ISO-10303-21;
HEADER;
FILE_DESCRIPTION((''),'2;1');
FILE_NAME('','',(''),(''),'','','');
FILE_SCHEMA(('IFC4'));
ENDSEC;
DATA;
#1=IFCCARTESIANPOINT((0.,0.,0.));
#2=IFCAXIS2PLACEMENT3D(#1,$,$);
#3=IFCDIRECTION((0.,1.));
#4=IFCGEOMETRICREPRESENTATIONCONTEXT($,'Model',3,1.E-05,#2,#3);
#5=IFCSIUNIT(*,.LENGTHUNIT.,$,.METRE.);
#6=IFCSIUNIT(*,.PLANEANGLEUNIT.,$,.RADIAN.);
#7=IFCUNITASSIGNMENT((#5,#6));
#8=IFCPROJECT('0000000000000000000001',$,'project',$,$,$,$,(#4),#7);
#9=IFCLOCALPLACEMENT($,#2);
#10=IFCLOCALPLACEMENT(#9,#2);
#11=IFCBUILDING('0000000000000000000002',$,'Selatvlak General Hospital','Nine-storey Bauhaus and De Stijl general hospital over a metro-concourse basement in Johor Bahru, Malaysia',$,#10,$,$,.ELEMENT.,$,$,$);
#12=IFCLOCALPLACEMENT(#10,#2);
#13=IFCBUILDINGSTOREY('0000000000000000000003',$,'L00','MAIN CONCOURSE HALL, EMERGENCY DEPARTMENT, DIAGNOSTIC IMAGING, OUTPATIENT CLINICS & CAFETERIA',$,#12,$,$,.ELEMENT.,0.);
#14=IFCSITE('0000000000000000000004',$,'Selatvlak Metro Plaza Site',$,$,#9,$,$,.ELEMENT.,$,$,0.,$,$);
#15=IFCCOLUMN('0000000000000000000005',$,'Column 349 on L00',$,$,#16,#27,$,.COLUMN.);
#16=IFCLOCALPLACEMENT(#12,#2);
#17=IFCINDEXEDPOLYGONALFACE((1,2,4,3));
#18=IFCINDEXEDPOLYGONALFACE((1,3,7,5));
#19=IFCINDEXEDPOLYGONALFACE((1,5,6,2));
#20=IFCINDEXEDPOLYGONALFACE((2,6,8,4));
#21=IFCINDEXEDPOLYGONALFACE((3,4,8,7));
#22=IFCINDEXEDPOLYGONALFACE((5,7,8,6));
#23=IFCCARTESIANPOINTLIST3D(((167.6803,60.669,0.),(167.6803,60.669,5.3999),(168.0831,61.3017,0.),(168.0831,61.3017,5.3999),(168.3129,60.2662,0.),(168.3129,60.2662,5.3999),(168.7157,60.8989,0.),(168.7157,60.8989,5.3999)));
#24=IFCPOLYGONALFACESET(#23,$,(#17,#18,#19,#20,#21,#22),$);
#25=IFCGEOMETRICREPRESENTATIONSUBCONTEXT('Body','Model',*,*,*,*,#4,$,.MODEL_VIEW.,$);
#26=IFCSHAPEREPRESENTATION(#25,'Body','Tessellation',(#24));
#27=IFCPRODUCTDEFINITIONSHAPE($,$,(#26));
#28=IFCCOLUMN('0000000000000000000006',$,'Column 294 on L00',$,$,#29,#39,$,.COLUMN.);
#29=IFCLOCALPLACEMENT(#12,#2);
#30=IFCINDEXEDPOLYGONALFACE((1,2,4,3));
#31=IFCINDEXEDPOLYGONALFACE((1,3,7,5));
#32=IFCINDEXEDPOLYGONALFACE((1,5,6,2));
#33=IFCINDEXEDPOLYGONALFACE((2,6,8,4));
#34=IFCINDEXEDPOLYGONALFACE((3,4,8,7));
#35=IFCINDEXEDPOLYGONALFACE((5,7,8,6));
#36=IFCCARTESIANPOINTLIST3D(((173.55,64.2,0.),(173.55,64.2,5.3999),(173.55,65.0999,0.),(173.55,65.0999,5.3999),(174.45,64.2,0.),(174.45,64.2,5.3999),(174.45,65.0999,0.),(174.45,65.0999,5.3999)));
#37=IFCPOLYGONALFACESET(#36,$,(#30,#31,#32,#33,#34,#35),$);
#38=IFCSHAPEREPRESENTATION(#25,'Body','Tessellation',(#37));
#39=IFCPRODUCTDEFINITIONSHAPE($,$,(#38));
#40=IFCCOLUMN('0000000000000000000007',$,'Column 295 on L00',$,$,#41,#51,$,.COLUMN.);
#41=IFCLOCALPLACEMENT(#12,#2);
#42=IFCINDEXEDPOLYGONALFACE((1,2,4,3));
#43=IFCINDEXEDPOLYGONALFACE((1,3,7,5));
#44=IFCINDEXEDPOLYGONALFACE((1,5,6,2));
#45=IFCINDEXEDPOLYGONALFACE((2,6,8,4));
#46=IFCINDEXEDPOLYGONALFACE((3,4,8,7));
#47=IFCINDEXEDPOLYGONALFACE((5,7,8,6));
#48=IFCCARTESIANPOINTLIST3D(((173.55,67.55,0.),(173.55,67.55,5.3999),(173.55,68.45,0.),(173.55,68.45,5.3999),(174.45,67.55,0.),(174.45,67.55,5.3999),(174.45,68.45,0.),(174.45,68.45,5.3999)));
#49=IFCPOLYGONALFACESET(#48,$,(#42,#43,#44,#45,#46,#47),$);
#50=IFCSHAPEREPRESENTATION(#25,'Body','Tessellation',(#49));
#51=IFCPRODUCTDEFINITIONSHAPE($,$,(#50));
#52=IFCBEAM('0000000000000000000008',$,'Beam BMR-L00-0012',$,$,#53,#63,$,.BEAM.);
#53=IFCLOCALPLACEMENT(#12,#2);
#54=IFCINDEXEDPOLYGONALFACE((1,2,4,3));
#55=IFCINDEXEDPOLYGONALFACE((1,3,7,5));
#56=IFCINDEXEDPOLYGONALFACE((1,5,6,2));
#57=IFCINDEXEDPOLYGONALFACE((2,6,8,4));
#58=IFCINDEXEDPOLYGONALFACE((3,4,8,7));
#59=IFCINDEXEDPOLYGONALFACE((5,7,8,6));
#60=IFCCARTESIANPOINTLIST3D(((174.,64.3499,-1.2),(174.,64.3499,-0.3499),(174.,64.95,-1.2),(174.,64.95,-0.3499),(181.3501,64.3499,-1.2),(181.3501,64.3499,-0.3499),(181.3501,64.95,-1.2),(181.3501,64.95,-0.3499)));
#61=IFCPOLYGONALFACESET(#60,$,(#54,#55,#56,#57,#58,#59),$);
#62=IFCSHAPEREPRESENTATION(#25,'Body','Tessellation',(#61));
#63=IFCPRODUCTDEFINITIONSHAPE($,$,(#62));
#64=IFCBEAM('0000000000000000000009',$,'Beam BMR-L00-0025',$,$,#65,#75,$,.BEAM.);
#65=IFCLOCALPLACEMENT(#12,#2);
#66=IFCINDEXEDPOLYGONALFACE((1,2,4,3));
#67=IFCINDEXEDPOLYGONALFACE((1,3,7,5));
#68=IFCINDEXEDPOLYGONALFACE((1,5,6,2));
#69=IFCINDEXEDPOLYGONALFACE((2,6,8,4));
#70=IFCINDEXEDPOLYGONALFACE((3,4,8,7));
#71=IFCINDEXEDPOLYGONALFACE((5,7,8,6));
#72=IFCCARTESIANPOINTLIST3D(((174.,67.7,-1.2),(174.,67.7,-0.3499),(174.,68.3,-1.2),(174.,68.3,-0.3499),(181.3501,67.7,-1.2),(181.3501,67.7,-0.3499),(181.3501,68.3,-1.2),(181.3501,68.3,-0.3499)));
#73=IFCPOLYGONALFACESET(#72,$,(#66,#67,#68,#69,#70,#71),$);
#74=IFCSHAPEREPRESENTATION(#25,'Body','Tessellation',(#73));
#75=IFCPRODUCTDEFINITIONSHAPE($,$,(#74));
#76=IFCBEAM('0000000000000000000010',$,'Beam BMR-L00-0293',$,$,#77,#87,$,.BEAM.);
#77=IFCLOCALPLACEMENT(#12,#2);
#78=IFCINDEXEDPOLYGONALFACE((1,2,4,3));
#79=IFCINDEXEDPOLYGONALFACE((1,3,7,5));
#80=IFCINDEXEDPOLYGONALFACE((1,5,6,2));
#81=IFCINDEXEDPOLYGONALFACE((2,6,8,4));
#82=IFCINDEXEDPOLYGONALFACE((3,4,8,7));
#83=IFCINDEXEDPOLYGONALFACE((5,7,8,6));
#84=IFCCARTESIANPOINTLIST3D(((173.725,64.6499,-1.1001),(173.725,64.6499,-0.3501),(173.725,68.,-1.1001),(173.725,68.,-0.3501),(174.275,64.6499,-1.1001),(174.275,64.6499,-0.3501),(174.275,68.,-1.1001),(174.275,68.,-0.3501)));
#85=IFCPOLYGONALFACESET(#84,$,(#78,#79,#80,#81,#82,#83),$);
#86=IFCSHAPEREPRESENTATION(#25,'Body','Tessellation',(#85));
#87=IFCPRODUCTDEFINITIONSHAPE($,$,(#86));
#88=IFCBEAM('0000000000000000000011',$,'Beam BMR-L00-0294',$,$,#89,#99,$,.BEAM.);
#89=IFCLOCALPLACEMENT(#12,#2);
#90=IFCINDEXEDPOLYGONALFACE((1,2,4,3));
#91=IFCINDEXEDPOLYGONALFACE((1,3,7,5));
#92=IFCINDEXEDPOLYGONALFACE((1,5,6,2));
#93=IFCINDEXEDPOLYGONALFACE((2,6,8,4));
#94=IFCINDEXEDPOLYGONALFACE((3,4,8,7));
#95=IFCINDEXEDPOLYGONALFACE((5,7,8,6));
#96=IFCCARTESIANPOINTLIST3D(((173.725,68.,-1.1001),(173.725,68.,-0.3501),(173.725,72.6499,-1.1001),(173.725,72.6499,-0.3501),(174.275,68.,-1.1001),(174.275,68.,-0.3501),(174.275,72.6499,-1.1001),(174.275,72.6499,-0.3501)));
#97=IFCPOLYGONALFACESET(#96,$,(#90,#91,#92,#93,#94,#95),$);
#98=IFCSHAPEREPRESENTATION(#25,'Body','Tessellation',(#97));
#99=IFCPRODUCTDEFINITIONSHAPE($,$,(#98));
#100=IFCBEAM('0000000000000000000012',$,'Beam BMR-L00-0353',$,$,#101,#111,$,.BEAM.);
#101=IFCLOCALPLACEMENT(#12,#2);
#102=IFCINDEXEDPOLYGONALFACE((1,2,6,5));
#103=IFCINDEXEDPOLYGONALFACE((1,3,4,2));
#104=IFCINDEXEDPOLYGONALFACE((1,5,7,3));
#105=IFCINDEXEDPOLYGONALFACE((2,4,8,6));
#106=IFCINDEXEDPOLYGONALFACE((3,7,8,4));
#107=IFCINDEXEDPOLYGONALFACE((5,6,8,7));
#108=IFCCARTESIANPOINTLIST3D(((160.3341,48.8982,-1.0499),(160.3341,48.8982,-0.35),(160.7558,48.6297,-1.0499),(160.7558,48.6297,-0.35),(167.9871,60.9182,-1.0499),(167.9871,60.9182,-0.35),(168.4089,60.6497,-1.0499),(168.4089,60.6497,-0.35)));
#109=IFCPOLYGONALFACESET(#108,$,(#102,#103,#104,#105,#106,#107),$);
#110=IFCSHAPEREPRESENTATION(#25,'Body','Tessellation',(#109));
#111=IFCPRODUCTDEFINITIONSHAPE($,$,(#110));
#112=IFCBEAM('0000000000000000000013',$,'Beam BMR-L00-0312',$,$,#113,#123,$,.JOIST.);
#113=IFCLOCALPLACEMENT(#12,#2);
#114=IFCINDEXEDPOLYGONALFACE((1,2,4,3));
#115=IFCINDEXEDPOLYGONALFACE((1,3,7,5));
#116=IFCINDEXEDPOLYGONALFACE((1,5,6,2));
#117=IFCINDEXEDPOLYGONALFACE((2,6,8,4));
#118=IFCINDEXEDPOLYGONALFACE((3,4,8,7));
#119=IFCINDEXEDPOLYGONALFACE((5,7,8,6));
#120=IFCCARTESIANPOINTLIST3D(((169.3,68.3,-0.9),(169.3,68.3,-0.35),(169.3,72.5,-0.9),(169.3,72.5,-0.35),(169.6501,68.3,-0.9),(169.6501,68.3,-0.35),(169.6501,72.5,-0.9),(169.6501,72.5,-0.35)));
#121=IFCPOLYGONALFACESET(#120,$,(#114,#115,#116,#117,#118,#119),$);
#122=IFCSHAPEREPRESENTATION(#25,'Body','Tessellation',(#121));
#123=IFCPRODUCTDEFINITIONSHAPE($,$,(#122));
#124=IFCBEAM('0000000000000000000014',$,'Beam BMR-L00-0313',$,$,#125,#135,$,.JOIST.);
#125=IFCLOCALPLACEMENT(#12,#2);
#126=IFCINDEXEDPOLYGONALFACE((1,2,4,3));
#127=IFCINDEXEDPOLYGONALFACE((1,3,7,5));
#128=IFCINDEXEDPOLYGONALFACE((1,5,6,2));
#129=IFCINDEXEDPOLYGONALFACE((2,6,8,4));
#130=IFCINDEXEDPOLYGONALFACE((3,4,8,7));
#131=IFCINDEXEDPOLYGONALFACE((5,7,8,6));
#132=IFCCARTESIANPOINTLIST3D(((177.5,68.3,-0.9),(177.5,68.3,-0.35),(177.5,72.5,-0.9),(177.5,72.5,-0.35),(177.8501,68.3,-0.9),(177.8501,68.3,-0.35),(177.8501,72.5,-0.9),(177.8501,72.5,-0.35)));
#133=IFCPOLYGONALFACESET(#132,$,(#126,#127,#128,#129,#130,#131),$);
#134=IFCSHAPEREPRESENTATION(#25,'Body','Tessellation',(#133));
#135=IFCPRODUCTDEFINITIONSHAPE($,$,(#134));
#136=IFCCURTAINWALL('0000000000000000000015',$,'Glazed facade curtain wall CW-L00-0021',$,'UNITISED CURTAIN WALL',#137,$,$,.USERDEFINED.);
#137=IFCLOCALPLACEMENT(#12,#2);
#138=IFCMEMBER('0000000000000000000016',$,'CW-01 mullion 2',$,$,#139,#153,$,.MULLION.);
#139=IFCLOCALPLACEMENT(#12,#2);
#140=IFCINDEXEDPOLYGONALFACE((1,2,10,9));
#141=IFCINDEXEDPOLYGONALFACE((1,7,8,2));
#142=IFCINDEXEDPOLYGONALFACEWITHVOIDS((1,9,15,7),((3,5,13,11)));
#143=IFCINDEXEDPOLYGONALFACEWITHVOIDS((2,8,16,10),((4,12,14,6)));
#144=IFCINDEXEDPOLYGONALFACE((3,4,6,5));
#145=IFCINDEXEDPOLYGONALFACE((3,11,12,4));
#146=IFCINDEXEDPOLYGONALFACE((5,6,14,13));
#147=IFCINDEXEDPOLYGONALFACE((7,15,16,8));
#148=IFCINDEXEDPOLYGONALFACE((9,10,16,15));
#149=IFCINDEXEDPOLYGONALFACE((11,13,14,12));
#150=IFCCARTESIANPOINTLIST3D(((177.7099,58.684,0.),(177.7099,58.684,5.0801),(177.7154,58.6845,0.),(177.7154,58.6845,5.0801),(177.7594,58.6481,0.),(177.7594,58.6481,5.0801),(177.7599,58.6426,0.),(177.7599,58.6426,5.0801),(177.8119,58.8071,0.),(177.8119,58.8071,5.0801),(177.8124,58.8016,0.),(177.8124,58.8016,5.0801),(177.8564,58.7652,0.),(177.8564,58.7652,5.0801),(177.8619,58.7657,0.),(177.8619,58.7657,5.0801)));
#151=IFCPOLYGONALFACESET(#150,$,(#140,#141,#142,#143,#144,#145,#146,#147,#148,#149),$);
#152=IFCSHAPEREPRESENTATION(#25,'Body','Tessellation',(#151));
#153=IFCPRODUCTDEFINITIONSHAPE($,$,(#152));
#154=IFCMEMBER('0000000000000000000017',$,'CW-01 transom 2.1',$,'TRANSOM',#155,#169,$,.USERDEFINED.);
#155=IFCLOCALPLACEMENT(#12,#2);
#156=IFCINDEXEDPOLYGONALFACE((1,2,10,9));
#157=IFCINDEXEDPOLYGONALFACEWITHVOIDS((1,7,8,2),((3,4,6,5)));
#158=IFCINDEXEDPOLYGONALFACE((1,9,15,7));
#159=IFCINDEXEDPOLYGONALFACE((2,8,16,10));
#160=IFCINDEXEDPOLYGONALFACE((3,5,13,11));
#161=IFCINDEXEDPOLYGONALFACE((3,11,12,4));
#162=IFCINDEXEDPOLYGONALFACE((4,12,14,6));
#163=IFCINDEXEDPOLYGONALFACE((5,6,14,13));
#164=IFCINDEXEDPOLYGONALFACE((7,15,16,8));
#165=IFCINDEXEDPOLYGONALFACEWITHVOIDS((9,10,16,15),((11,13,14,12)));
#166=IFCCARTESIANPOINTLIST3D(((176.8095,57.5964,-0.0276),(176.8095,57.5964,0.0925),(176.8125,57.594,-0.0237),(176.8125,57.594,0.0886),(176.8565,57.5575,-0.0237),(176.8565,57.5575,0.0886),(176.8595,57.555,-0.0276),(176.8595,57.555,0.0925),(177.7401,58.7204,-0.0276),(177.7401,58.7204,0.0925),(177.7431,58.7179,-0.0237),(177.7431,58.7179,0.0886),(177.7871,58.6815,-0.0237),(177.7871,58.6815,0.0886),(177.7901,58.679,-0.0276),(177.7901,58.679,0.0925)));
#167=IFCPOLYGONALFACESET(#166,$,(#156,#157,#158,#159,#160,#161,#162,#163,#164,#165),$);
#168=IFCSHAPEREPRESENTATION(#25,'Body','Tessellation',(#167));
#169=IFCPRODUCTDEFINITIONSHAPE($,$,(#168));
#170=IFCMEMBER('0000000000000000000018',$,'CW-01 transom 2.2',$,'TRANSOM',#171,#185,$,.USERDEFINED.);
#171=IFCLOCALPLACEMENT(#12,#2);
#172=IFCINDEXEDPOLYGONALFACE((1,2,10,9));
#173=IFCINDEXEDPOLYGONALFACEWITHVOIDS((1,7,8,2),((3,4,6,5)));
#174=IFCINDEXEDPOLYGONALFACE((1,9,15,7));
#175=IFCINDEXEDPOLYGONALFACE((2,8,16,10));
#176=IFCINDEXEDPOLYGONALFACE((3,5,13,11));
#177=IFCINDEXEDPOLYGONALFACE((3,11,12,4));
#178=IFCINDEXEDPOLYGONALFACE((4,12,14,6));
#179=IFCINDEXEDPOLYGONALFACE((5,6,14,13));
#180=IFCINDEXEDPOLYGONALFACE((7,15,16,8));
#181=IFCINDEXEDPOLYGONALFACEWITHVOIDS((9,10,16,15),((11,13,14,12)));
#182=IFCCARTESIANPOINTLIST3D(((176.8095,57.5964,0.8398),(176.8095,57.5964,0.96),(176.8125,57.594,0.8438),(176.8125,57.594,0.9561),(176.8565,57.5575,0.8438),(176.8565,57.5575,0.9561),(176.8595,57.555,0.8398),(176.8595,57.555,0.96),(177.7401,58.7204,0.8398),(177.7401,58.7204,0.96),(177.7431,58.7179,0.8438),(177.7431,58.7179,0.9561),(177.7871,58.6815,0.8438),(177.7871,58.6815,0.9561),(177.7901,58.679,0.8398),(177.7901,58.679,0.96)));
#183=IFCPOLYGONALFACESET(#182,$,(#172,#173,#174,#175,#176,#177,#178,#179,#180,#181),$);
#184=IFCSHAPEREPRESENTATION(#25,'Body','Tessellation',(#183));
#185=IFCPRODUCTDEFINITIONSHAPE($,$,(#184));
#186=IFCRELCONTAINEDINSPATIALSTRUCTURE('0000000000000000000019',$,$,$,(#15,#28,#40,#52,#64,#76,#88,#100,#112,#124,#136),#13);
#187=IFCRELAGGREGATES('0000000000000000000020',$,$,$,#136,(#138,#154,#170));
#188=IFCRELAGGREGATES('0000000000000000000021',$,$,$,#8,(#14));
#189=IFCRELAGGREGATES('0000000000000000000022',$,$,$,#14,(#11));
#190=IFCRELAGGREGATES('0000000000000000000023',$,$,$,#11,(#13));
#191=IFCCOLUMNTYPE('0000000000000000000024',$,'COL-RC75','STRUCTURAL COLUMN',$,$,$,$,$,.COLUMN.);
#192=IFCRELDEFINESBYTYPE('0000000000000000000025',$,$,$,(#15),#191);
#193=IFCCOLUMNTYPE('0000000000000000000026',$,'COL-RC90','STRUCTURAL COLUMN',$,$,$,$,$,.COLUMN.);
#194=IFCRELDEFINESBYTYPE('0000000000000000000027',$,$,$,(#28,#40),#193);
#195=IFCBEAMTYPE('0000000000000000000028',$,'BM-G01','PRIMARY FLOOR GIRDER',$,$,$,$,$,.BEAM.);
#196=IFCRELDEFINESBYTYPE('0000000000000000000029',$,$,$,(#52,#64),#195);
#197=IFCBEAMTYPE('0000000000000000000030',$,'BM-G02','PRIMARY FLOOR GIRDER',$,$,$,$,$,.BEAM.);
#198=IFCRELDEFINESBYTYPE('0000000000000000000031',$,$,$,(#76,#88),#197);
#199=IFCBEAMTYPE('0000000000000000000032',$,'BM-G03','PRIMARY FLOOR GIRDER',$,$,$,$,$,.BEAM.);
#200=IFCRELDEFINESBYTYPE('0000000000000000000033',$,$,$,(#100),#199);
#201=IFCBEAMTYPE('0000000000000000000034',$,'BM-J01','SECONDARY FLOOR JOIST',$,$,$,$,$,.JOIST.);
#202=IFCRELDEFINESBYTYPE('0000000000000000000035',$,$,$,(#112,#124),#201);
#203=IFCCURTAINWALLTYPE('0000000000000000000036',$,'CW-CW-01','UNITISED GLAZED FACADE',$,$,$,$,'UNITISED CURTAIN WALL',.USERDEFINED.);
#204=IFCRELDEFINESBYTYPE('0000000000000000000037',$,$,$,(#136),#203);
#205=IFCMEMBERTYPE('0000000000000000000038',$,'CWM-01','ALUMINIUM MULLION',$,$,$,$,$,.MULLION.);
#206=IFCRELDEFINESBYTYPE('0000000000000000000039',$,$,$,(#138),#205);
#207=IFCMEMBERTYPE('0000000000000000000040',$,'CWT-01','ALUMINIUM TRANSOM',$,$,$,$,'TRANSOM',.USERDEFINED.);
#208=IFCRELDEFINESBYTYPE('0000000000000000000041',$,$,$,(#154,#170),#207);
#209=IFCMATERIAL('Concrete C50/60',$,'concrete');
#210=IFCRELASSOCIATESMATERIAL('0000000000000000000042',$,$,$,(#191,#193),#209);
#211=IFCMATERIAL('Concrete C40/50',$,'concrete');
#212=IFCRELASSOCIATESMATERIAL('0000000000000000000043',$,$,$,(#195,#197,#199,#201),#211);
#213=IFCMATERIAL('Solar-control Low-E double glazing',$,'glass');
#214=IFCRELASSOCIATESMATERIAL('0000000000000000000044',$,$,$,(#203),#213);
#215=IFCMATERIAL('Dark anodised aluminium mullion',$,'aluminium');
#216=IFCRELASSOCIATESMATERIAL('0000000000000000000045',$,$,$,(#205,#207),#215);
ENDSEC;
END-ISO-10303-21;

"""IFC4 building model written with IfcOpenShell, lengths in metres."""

from ifc_helpers import new_model, si_unit, direction, frame, origin, origin_2d, place, context, subcontext, project, spatial, rectangle, hollow_rectangle, extrude, material, material_profile, profile_set, type_object, element, aggregate, save


model = new_model("IFC4")

# Units and contexts
model_context = context("Model", 3, precision=1e-05, world=origin(), true_north=direction((0.0, 1.0)))
body_context = subcontext(model_context, "Body", "Model", "MODEL_VIEW")
ifc_project = project(units=[si_unit("LENGTHUNIT", "METRE"), si_unit("PLANEANGLEUNIT", "RADIAN")], contexts=[model_context])

# Site, building, storey
site_placement = place(None, origin())
site = spatial("IfcSite", under=ifc_project, at=site_placement, Name="Selatvlak Metro Plaza Site", CompositionType="ELEMENT", RefElevation=0.0)
building_placement = place(site_placement, origin())
building = spatial("IfcBuilding", under=site, at=building_placement, Name="Selatvlak General Hospital", Description="Nine-storey Bauhaus and De Stijl general hospital over a metro-concourse basement in Johor Bahru, Malaysia", CompositionType="ELEMENT")
storey_placement = place(building_placement, origin())
storey = spatial("IfcBuildingStorey", under=building, at=storey_placement, Name="L00", Description="MAIN CONCOURSE HALL, EMERGENCY DEPARTMENT, DIAGNOSTIC IMAGING, OUTPATIENT CLINICS & CAFETERIA", CompositionType="ELEMENT", Elevation=0.0)

# Columns
ifc_material_1 = material(Name="Concrete C50/60", Category="concrete")
ifc_material_profile_1 = material_profile(ifc_material_1, rectangle(XDim=0.75, YDim=0.75, at=origin_2d()), Name="RC-COL 750x750")
ifc_profile_set_1 = profile_set([ifc_material_profile_1], Name="Concrete C50/60")
column_type_1 = type_object("IfcColumnType", Name="COL-RC75", Description="STRUCTURAL COLUMN", PredefinedType="COLUMN", material=ifc_profile_set_1)
column_placement = place(storey_placement, frame((168.198, 60.7839, 0.0), z_axis=(0.0, 0.0, 1.0), x_axis=(0.537064, 0.843541, 0.0)))
element("IfcColumn", 1, at=column_placement, inside=storey, type_object=column_type_1, Name="Column 349 on L00", PredefinedType="COLUMN", context=body_context, shape_type="SweptSolid", body=[
    extrude(rectangle(XDim=0.75, YDim=0.75, at=origin_2d()), origin(), (0.0, 0.0, 1.0), 5.3999),
])
ifc_material_profile_2 = material_profile(ifc_material_1, rectangle(XDim=0.8999, YDim=0.8999, at=origin_2d()), Name="RC-COL 900x900")
ifc_profile_set_2 = profile_set([ifc_material_profile_2], Name="Concrete C50/60")
column_type_2 = type_object("IfcColumnType", Name="COL-RC90", Description="STRUCTURAL COLUMN", PredefinedType="COLUMN", material=ifc_profile_set_2)
for number, where, z_axis, x_axis, name in (
    (2, (174.0, 64.6499, 0.0), (0.0, 0.0, 1.0), (1.0, 0.0, 0.0), "Column 294 on L00"),
    (3, (174.0, 68.0, 0.0), (0.0, 0.0, 1.0), (1.0, 0.0, 0.0), "Column 295 on L00"),
):
    element("IfcColumn", number, at=place(storey_placement, frame(where, z_axis=z_axis, x_axis=x_axis)), inside=storey, type_object=column_type_2, Name=name, PredefinedType="COLUMN", context=body_context, shape_type="SweptSolid", body=[
        extrude(rectangle(XDim=0.8999, YDim=0.8999, at=origin_2d()), origin(), (0.0, 0.0, 1.0), 5.3999),
    ])

# Beams
ifc_material_2 = material(Name="Concrete C40/50", Category="concrete")
ifc_material_profile_3 = material_profile(ifc_material_2, rectangle(XDim=0.6001, YDim=0.8501, at=origin_2d()), Name="RC-BM 600x850")
ifc_profile_set_3 = profile_set([ifc_material_profile_3], Name="Concrete C40/50")
beam_type_1 = type_object("IfcBeamType", Name="BM-G01", Description="PRIMARY FLOOR GIRDER", PredefinedType="BEAM", material=ifc_profile_set_3)
for number, where, z_axis, x_axis, name in (
    (4, (174.0, 64.6499, -0.7749), (1.0, 0.0, 0.0), (0.0, 1.0, 0.0), "Beam BMR-L00-0012"),
    (5, (174.0, 68.0, -0.7749), (1.0, 0.0, 0.0), (0.0, 1.0, 0.0), "Beam BMR-L00-0025"),
):
    element("IfcBeam", number, at=place(storey_placement, frame(where, z_axis=z_axis, x_axis=x_axis)), inside=storey, type_object=beam_type_1, Name=name, PredefinedType="BEAM", context=body_context, shape_type="SweptSolid", body=[
        extrude(rectangle(XDim=0.6001, YDim=0.8501, at=origin_2d()), origin(), (0.0, 0.0, 1.0), 7.3501),
    ])
ifc_material_profile_4 = material_profile(ifc_material_2, rectangle(XDim=0.55, YDim=0.75, at=origin_2d()), Name="RC-BM 550x750")
ifc_profile_set_4 = profile_set([ifc_material_profile_4], Name="Concrete C40/50")
beam_type_2 = type_object("IfcBeamType", Name="BM-G02", Description="PRIMARY FLOOR GIRDER", PredefinedType="BEAM", material=ifc_profile_set_4)
beam_1_placement = place(storey_placement, frame((174.0, 64.6499, -0.7251), z_axis=(0.0, 1.0, 0.0), x_axis=(-1.0, 0.0, 0.0)))
element("IfcBeam", 6, at=beam_1_placement, inside=storey, type_object=beam_type_2, Name="Beam BMR-L00-0293", PredefinedType="BEAM", context=body_context, shape_type="SweptSolid", body=[
    extrude(rectangle(XDim=0.55, YDim=0.75, at=origin_2d()), origin(), (0.0, 0.0, 1.0), 3.3501),
])
beam_2_placement = place(storey_placement, frame((174.0, 68.0, -0.7251), z_axis=(0.0, 1.0, 0.0), x_axis=(-1.0, 0.0, 0.0)))
element("IfcBeam", 7, at=beam_2_placement, inside=storey, type_object=beam_type_2, Name="Beam BMR-L00-0294", PredefinedType="BEAM", context=body_context, shape_type="SweptSolid", body=[
    extrude(rectangle(XDim=0.55, YDim=0.75, at=origin_2d()), origin(), (0.0, 0.0, 1.0), 4.6499),
])
ifc_material_profile_5 = material_profile(ifc_material_2, rectangle(XDim=0.5, YDim=0.7, at=origin_2d()), Name="RC-BM 500x700")
ifc_profile_set_5 = profile_set([ifc_material_profile_5], Name="Concrete C40/50")
beam_type_3 = type_object("IfcBeamType", Name="BM-G03", Description="PRIMARY FLOOR GIRDER", PredefinedType="BEAM", material=ifc_profile_set_5)
beam_3_placement = place(storey_placement, frame((168.198, 60.7839, -0.7), z_axis=(-0.537074, -0.843535, 0.0), x_axis=(0.843535, -0.537074, 0.0)))
element("IfcBeam", 8, at=beam_3_placement, inside=storey, type_object=beam_type_3, Name="Beam BMR-L00-0353", PredefinedType="BEAM", context=body_context, shape_type="SweptSolid", body=[
    extrude(rectangle(XDim=0.5, YDim=0.7, at=origin_2d()), origin(), (0.0, 0.0, 1.0), 14.2495),
])
ifc_material_profile_6 = material_profile(ifc_material_2, rectangle(XDim=0.3501, YDim=0.55, at=origin_2d()), Name="RC-BM 350x550")
ifc_profile_set_6 = profile_set([ifc_material_profile_6], Name="Concrete C40/50")
beam_type_4 = type_object("IfcBeamType", Name="BM-J01", Description="SECONDARY FLOOR JOIST", PredefinedType="JOIST", material=ifc_profile_set_6)
for number, where, z_axis, x_axis, name in (
    (9, (169.4751, 68.3, -0.625), (0.0, 1.0, 0.0), (-1.0, 0.0, 0.0), "Beam BMR-L00-0312"),
    (10, (177.675, 68.3, -0.625), (0.0, 1.0, 0.0), (-1.0, 0.0, 0.0), "Beam BMR-L00-0313"),
):
    element("IfcBeam", number, at=place(storey_placement, frame(where, z_axis=z_axis, x_axis=x_axis)), inside=storey, type_object=beam_type_4, Name=name, PredefinedType="JOIST", context=body_context, shape_type="SweptSolid", body=[
        extrude(rectangle(XDim=0.3501, YDim=0.55, at=origin_2d()), origin(), (0.0, 0.0, 1.0), 4.2),
    ])

# Curtain wall, members
ifc_material_3 = material(Name="Solar-control Low-E double glazing", Category="glass")
curtain_wall_type = type_object("IfcCurtainWallType", Name="CW-CW-01", Description="UNITISED GLAZED FACADE", ElementType="UNITISED CURTAIN WALL", PredefinedType="USERDEFINED", material=ifc_material_3)
curtain_wall_placement = place(storey_placement, origin())
curtain_wall = element("IfcCurtainWall", 11, at=curtain_wall_placement, inside=storey, type_object=curtain_wall_type, Name="Glazed facade curtain wall CW-L00-0021", ObjectType="UNITISED CURTAIN WALL", PredefinedType="USERDEFINED")
ifc_material_4 = material(Name="Dark anodised aluminium mullion", Category="aluminium")
ifc_material_profile_7 = material_profile(ifc_material_4, hollow_rectangle(XDim=0.0649, YDim=0.1599, WallThickness=0.0039, at=origin_2d()), Name="AL-MUL 65x160x4")
ifc_profile_set_7 = profile_set([ifc_material_profile_7], Name="Dark anodised aluminium mullion")
member_type_1 = type_object("IfcMemberType", Name="CWM-01", Description="ALUMINIUM MULLION", PredefinedType="MULLION", material=ifc_profile_set_7)
member_1_placement = place(storey_placement, frame((177.7859, 58.7249, 0.0), z_axis=(0.0, 0.0, 1.0), x_axis=(0.770252, -0.63774, 0.0)))
member_1 = element("IfcMember", 12, at=member_1_placement, type_object=member_type_1, Name="CW-01 mullion 2", PredefinedType="MULLION", context=body_context, shape_type="SweptSolid", body=[
    extrude(hollow_rectangle(XDim=0.0649, YDim=0.1599, WallThickness=0.0039, at=origin_2d()), origin(), (0.0, 0.0, 1.0), 5.0801),
])
ifc_material_profile_8 = material_profile(ifc_material_4, hollow_rectangle(XDim=0.0649, YDim=0.1201, WallThickness=0.0039, at=origin_2d()), Name="AL-TRN 65x120x4")
ifc_profile_set_8 = profile_set([ifc_material_profile_8], Name="Dark anodised aluminium mullion")
member_type_2 = type_object("IfcMemberType", Name="CWT-01", Description="ALUMINIUM TRANSOM", ElementType="TRANSOM", PredefinedType="USERDEFINED", material=ifc_profile_set_8)
member_2_placement = place(storey_placement, frame((177.7651, 58.6997, 0.0325), z_axis=(-0.637746, -0.770247, 0.0), x_axis=(0.770247, -0.637746, 0.0)))
member_2 = element("IfcMember", 13, at=member_2_placement, type_object=member_type_2, Name="CW-01 transom 2.1", ObjectType="TRANSOM", PredefinedType="USERDEFINED", context=body_context, shape_type="SweptSolid", body=[
    extrude(hollow_rectangle(XDim=0.0649, YDim=0.1201, WallThickness=0.0039, at=origin_2d()), origin(), (0.0, 0.0, 1.0), 1.4592),
])
member_3_placement = place(storey_placement, frame((177.7651, 58.6997, 0.8999), z_axis=(-0.637746, -0.770247, 0.0), x_axis=(0.770247, -0.637746, 0.0)))
member_3 = element("IfcMember", 14, at=member_3_placement, type_object=member_type_2, Name="CW-01 transom 2.2", ObjectType="TRANSOM", PredefinedType="USERDEFINED", context=body_context, shape_type="SweptSolid", body=[
    extrude(hollow_rectangle(XDim=0.0649, YDim=0.1201, WallThickness=0.0039, at=origin_2d()), origin(), (0.0, 0.0, 1.0), 1.4592),
])
aggregate(curtain_wall, [member_1, member_2, member_3])

save(model, "model.ifc")
